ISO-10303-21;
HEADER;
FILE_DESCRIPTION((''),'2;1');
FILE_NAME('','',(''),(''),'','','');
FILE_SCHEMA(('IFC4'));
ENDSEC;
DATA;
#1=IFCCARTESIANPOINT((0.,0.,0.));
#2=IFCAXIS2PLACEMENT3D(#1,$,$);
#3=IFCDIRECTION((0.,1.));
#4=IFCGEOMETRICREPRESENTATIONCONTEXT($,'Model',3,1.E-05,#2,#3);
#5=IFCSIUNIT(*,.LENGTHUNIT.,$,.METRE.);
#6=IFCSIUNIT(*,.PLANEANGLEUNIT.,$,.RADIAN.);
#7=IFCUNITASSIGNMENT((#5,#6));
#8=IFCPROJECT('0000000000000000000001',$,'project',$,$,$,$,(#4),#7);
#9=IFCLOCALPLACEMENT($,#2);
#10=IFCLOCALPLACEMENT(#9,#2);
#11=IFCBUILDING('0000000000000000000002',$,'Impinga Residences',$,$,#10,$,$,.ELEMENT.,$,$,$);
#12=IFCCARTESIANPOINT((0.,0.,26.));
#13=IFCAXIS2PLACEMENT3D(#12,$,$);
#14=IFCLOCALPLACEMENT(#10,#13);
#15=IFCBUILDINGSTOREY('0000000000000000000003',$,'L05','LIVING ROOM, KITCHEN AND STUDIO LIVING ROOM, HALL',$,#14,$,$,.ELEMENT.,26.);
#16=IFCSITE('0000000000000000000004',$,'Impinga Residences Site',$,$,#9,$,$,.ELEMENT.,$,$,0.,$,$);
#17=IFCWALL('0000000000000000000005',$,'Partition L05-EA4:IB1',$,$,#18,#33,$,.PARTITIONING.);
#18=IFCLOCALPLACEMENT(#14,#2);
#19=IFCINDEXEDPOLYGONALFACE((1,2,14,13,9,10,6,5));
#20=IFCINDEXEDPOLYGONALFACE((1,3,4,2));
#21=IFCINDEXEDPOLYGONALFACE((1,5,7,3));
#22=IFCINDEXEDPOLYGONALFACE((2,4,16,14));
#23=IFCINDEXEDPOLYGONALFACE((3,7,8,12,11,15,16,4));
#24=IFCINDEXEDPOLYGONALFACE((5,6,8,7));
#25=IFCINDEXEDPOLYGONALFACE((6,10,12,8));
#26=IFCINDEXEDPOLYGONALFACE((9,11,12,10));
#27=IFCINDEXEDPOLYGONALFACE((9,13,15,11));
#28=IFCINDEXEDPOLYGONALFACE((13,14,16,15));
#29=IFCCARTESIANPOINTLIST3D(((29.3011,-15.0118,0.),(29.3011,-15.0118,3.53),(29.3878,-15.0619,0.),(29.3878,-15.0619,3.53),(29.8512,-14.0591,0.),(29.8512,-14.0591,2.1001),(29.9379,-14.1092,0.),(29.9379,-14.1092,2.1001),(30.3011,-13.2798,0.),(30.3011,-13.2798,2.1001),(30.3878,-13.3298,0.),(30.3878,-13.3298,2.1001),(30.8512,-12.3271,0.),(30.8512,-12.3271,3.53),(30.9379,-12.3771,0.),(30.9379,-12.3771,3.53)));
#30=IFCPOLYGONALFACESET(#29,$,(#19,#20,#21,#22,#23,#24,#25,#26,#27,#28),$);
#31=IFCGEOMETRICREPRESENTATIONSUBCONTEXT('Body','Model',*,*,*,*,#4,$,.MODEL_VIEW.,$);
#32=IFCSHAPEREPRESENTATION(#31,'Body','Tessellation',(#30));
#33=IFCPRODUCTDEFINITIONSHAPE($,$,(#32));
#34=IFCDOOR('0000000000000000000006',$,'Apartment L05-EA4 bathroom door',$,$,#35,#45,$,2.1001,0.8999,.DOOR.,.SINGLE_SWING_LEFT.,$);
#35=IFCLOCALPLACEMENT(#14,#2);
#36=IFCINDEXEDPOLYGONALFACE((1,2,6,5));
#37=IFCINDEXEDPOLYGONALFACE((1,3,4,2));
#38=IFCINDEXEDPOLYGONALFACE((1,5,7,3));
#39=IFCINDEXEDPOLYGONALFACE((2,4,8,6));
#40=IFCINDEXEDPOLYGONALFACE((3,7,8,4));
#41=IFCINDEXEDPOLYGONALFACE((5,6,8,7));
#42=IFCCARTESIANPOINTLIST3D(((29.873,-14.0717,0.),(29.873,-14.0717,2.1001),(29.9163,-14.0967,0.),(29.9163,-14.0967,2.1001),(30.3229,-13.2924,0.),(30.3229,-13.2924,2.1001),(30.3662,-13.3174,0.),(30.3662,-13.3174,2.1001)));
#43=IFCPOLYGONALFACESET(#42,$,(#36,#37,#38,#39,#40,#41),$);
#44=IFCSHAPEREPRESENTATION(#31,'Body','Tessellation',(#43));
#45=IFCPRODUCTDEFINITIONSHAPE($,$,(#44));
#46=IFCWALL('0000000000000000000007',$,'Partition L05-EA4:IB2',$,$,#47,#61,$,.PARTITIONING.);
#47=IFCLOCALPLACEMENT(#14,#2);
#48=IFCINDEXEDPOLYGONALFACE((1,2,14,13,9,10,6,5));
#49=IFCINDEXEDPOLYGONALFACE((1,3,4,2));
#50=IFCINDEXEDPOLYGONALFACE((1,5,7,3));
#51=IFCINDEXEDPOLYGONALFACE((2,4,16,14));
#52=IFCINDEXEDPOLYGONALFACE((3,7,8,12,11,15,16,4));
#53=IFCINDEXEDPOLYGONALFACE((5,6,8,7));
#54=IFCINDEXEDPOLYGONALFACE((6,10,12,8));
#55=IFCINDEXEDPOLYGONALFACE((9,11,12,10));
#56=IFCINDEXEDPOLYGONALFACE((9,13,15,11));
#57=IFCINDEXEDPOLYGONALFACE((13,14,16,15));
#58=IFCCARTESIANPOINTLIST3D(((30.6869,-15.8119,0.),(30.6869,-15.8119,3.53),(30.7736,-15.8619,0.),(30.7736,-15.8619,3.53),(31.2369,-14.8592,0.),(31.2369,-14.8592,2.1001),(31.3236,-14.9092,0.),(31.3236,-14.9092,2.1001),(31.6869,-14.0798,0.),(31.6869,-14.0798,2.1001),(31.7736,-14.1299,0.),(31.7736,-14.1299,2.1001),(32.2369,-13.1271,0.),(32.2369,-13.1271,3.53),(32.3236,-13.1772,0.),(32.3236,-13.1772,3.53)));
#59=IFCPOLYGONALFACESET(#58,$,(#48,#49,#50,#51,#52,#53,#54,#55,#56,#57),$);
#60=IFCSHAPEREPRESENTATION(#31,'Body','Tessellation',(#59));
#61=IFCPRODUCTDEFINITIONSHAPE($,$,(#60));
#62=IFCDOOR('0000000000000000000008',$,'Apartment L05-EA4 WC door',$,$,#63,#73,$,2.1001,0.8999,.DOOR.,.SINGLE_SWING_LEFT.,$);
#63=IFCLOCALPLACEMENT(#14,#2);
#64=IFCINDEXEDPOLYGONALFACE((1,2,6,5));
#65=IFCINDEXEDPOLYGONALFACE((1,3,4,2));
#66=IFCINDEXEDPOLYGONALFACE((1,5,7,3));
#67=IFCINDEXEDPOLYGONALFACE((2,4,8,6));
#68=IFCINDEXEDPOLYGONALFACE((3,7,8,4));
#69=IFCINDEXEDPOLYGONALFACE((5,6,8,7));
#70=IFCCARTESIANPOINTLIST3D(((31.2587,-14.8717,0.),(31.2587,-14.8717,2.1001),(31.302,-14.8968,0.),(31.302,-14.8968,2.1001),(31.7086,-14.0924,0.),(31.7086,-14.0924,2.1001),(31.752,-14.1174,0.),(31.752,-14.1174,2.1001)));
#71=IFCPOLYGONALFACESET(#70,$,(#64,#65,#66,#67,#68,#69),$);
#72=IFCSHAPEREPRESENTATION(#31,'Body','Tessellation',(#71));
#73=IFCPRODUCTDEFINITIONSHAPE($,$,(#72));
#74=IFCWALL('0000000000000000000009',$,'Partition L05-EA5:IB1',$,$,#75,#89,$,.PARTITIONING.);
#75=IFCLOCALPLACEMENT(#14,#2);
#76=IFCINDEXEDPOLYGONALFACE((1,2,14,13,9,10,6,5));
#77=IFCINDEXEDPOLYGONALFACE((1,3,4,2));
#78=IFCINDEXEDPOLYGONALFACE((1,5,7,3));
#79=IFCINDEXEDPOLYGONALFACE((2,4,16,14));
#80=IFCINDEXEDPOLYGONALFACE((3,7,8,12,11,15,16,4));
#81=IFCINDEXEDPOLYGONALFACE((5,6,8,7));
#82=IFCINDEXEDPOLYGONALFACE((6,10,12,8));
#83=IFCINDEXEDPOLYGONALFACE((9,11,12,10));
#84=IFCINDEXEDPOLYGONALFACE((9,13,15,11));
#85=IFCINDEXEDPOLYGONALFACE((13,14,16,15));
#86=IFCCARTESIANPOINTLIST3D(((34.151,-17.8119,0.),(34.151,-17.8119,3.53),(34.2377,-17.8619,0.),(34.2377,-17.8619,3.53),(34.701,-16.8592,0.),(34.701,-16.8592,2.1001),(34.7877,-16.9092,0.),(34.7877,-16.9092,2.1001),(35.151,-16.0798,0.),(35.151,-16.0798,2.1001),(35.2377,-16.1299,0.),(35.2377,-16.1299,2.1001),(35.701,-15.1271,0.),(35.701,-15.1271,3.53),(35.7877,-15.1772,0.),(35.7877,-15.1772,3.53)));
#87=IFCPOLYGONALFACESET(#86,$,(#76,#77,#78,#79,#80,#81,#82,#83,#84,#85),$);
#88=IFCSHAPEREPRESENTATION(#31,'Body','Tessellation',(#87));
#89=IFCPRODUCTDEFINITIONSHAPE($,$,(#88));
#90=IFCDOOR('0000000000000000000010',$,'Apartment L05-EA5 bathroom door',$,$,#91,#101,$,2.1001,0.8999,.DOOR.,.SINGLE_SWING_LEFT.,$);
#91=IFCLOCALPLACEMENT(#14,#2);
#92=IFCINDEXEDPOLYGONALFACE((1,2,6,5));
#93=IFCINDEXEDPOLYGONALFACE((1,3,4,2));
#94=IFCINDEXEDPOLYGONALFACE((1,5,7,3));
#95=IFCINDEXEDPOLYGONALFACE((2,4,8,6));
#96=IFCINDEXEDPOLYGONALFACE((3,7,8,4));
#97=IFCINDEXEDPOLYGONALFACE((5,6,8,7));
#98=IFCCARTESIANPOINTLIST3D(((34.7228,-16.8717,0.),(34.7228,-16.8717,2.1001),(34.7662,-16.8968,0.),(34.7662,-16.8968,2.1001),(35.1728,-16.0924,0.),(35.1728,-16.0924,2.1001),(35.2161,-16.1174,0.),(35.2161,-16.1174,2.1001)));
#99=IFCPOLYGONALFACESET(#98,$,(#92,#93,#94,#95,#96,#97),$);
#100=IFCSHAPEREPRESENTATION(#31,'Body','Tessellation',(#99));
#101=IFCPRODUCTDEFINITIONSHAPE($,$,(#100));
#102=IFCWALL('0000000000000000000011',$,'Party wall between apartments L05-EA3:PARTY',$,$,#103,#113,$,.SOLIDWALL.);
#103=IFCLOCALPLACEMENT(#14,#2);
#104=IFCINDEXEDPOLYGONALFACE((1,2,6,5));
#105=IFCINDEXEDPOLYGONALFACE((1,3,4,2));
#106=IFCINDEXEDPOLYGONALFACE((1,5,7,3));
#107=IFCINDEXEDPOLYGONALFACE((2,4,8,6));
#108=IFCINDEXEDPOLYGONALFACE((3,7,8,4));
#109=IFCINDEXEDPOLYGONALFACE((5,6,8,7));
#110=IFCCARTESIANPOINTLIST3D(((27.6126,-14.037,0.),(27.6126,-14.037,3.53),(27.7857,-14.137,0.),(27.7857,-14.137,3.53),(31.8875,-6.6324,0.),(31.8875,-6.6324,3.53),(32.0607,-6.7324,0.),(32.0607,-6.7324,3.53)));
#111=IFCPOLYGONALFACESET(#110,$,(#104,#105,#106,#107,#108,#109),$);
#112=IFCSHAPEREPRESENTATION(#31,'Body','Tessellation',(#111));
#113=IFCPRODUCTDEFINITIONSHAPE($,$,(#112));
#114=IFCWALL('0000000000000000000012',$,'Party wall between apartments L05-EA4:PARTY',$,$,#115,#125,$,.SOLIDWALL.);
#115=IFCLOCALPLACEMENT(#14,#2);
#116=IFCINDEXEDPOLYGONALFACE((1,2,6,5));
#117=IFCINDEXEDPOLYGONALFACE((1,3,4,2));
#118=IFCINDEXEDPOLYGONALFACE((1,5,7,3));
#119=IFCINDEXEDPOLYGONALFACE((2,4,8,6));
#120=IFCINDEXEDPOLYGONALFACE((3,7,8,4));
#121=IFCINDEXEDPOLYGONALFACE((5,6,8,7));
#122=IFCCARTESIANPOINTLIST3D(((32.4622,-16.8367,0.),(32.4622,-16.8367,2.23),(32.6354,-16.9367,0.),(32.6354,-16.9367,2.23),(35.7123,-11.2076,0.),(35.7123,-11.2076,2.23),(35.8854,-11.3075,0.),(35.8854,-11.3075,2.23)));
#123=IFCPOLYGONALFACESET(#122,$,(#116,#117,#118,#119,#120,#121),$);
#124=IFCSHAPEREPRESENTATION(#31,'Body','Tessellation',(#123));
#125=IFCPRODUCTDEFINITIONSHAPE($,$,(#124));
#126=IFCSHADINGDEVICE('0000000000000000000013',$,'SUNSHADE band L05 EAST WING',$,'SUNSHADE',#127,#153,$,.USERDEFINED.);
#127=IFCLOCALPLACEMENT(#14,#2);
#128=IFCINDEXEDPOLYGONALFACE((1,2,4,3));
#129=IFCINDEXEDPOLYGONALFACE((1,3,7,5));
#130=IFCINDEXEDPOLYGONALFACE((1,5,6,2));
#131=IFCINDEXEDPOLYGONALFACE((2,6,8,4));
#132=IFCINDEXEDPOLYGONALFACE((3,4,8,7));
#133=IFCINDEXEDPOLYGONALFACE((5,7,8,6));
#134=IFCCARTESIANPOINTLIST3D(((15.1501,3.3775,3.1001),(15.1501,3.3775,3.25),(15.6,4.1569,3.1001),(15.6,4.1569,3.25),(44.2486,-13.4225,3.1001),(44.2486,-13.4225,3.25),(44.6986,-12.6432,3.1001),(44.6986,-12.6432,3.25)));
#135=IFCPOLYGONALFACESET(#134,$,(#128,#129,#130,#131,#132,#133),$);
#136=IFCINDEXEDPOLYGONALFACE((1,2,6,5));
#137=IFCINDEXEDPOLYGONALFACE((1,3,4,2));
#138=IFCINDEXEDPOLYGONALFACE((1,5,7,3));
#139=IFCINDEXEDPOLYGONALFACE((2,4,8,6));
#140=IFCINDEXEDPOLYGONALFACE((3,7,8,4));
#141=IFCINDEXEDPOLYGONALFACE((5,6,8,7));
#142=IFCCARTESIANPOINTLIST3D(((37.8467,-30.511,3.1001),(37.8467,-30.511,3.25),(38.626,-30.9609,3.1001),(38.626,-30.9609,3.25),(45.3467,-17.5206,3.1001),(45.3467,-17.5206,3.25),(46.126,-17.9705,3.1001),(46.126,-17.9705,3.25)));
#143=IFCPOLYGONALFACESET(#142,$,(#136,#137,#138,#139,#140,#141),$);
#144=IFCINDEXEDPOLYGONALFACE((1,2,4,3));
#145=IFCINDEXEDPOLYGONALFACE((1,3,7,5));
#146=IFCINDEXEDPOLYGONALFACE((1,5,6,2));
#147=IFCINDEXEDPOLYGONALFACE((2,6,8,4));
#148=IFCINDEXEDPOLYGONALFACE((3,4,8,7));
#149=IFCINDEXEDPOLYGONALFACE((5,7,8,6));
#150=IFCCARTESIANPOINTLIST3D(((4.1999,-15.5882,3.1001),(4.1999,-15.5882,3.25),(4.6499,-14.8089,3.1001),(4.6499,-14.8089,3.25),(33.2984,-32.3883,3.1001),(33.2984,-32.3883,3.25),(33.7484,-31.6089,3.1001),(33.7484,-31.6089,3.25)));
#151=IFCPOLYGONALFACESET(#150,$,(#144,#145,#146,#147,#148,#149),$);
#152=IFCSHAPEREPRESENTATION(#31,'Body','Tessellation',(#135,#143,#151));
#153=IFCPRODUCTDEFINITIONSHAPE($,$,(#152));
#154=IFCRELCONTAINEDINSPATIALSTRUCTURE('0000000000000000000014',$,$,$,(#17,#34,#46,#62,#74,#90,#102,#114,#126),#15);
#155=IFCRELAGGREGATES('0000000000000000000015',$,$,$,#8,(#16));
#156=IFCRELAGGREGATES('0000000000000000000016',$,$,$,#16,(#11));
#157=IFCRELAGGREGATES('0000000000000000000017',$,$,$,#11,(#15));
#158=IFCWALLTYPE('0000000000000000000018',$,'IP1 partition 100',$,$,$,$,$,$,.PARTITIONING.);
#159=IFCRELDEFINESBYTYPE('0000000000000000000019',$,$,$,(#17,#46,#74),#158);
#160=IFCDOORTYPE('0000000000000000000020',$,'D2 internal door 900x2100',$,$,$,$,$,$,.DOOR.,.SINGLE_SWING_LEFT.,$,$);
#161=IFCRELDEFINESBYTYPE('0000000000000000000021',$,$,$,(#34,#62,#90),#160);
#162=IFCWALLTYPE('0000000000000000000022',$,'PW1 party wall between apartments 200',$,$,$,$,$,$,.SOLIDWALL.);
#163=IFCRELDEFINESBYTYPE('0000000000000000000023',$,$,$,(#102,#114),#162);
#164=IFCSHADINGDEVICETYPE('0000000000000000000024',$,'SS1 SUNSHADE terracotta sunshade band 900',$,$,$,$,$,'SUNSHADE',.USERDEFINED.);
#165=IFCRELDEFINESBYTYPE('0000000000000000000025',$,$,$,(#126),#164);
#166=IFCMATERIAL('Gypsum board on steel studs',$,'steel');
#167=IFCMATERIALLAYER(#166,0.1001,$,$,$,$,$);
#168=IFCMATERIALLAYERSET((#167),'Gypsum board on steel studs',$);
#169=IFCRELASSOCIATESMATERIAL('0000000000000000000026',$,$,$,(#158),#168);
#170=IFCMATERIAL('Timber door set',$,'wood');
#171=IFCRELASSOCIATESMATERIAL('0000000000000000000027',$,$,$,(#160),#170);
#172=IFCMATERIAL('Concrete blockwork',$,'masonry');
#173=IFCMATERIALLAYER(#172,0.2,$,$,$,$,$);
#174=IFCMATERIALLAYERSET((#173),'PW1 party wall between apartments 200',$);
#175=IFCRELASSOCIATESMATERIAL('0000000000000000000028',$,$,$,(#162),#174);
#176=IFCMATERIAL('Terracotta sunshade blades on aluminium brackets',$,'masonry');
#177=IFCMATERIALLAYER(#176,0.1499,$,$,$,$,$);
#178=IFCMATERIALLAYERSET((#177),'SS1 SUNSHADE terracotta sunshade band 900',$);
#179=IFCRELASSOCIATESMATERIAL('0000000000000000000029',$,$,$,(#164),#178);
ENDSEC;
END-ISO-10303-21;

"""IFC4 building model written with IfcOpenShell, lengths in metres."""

from ifc_helpers import new_model, si_unit, direction, frame, frame_2d, origin, origin_2d, place, context, subcontext, project, spatial, rectangle, extrude, material, layer, layer_set, type_object, element, fill, save


model = new_model("IFC4")

# Units and contexts
model_context = context("Model", 3, precision=1e-05, world=origin(), true_north=direction((0.0, 1.0)))
body_context = subcontext(model_context, "Body", "Model", "MODEL_VIEW")
ifc_project = project(units=[si_unit("LENGTHUNIT", "METRE"), si_unit("PLANEANGLEUNIT", "RADIAN")], contexts=[model_context])

# Site, building, storey
site_placement = place(None, origin())
site = spatial("IfcSite", under=ifc_project, at=site_placement, Name="Impinga Residences Site", CompositionType="ELEMENT", RefElevation=0.0)
building_placement = place(site_placement, origin())
building = spatial("IfcBuilding", under=site, at=building_placement, Name="Impinga Residences", CompositionType="ELEMENT")
storey_placement = place(building_placement, frame((0.0, 0.0, 26.0)))
storey = spatial("IfcBuildingStorey", under=building, at=storey_placement, Name="L05", Description="LIVING ROOM, KITCHEN AND STUDIO LIVING ROOM, HALL", CompositionType="ELEMENT", Elevation=26.0)

# Shared definitions
ifc_material_1 = material(Name="Concrete blockwork", Category="masonry")
ifc_material_2 = material(Name="Timber door set", Category="wood")

# Shared definitions
ifc_material_3 = material(Name="Gypsum board on steel studs", Category="steel")
ifc_layer_1 = layer(ifc_material_3, 0.1001)
ifc_layer_set_1 = layer_set([ifc_layer_1], Name="Gypsum board on steel studs")
wall_type_1 = type_object("IfcWallType", Name="IP1 partition 100", PredefinedType="PARTITIONING", material=ifc_layer_set_1)

# Shared definitions
door_type_1 = type_object("IfcDoorType", Name="D2 internal door 900x2100", OperationType="SINGLE_SWING_LEFT", PredefinedType="DOOR", material=ifc_material_2)

# Walls, openings, doors
wall_1_placement = place(storey_placement, frame((29.3445, -15.0369, 0.0), z_axis=(0.0, 0.0, 1.0), x_axis=(0.499993, 0.86603, 0.0)))
wall_1 = element("IfcWall", 1, at=wall_1_placement, inside=storey, type_object=wall_type_1, Name="Partition L05-EA4:IB1", PredefinedType="PARTITIONING", context=body_context, shape_type="SweptSolid", body=[
    extrude(rectangle(XDim=3.1001, YDim=0.1001, at=frame_2d((1.55, 0.0))), origin(), (0.0, 0.0, 1.0), 3.53),
])
opening_1_placement = place(wall_1_placement, frame((1.1001, 0.0, 0.0)))
opening_1 = element("IfcOpeningElement", 2, at=opening_1_placement, cuts=wall_1, PredefinedType="OPENING", context=body_context, shape_type="SweptSolid", body=[
    extrude(rectangle(XDim=0.8999, YDim=2.1001, at=frame_2d((0.45, 1.05))), frame((0.0, 0.0601, 0.0), z_axis=(0.0, -1.0, 0.0), x_axis=(1.0, 0.0, 0.0)), (0.0, 0.0, 1.0), 0.1201),
])
door_1_placement = place(opening_1_placement, origin())
door_1 = element("IfcDoor", 3, at=door_1_placement, inside=storey, type_object=door_type_1, Name="Apartment L05-EA4 bathroom door", OperationType="SINGLE_SWING_LEFT", OverallHeight=2.1001, OverallWidth=0.8999, PredefinedType="DOOR", context=body_context, shape_type="SweptSolid", body=[
    extrude(rectangle(XDim=0.8999, YDim=2.1001, at=frame_2d((0.45, 1.05))), frame((0.0, 0.0249, 0.0), z_axis=(0.0, -1.0, 0.0), x_axis=(1.0, 0.0, 0.0)), (0.0, 0.0, 1.0), 0.05),
])
fill(opening_1, door_1)
wall_2_placement = place(storey_placement, frame((30.7302, -15.8369, 0.0), z_axis=(0.0, 0.0, 1.0), x_axis=(0.499993, 0.86603, 0.0)))
wall_2 = element("IfcWall", 4, at=wall_2_placement, inside=storey, type_object=wall_type_1, Name="Partition L05-EA4:IB2", PredefinedType="PARTITIONING", context=body_context, shape_type="SweptSolid", body=[
    extrude(rectangle(XDim=3.1001, YDim=0.1001, at=frame_2d((1.55, 0.0))), origin(), (0.0, 0.0, 1.0), 3.53),
])
opening_2_placement = place(wall_2_placement, frame((1.1001, 0.0, 0.0)))
opening_2 = element("IfcOpeningElement", 5, at=opening_2_placement, cuts=wall_2, PredefinedType="OPENING", context=body_context, shape_type="SweptSolid", body=[
    extrude(rectangle(XDim=0.8999, YDim=2.1001, at=frame_2d((0.45, 1.05))), frame((0.0, 0.0601, 0.0), z_axis=(0.0, -1.0, 0.0), x_axis=(1.0, 0.0, 0.0)), (0.0, 0.0, 1.0), 0.1201),
])
door_2_placement = place(opening_2_placement, origin())
door_2 = element("IfcDoor", 6, at=door_2_placement, inside=storey, type_object=door_type_1, Name="Apartment L05-EA4 WC door", OperationType="SINGLE_SWING_LEFT", OverallHeight=2.1001, OverallWidth=0.8999, PredefinedType="DOOR", context=body_context, shape_type="SweptSolid", body=[
    extrude(rectangle(XDim=0.8999, YDim=2.1001, at=frame_2d((0.45, 1.05))), frame((0.0, 0.0249, 0.0), z_axis=(0.0, -1.0, 0.0), x_axis=(1.0, 0.0, 0.0)), (0.0, 0.0, 1.0), 0.05),
])
fill(opening_2, door_2)
wall_3_placement = place(storey_placement, frame((34.1943, -17.8369, 0.0), z_axis=(0.0, 0.0, 1.0), x_axis=(0.499993, 0.86603, 0.0)))
wall_3 = element("IfcWall", 7, at=wall_3_placement, inside=storey, type_object=wall_type_1, Name="Partition L05-EA5:IB1", PredefinedType="PARTITIONING", context=body_context, shape_type="SweptSolid", body=[
    extrude(rectangle(XDim=3.1001, YDim=0.1001, at=frame_2d((1.55, 0.0))), origin(), (0.0, 0.0, 1.0), 3.53),
])
opening_3_placement = place(wall_3_placement, frame((1.1001, 0.0, 0.0)))
opening_3 = element("IfcOpeningElement", 8, at=opening_3_placement, cuts=wall_3, PredefinedType="OPENING", context=body_context, shape_type="SweptSolid", body=[
    extrude(rectangle(XDim=0.8999, YDim=2.1001, at=frame_2d((0.45, 1.05))), frame((0.0, 0.0601, 0.0), z_axis=(0.0, -1.0, 0.0), x_axis=(1.0, 0.0, 0.0)), (0.0, 0.0, 1.0), 0.1201),
])
door_3_placement = place(opening_3_placement, origin())
door_3 = element("IfcDoor", 9, at=door_3_placement, inside=storey, type_object=door_type_1, Name="Apartment L05-EA5 bathroom door", OperationType="SINGLE_SWING_LEFT", OverallHeight=2.1001, OverallWidth=0.8999, PredefinedType="DOOR", context=body_context, shape_type="SweptSolid", body=[
    extrude(rectangle(XDim=0.8999, YDim=2.1001, at=frame_2d((0.45, 1.05))), frame((0.0, 0.0249, 0.0), z_axis=(0.0, -1.0, 0.0), x_axis=(1.0, 0.0, 0.0)), (0.0, 0.0, 1.0), 0.05),
])
fill(opening_3, door_3)

# Walls
ifc_layer_2 = layer(ifc_material_1, 0.2)
ifc_layer_set_2 = layer_set([ifc_layer_2], Name="PW1 party wall between apartments 200")
wall_type_2 = type_object("IfcWallType", Name="PW1 party wall between apartments 200", PredefinedType="SOLIDWALL", material=ifc_layer_set_2)
wall_4_placement = place(storey_placement, frame((27.6992, -14.0869, 0.0), z_axis=(0.0, 0.0, 1.0), x_axis=(0.49999, 0.866031, 0.0)))
element("IfcWall", 10, at=wall_4_placement, inside=storey, type_object=wall_type_2, Name="Party wall between apartments L05-EA3:PARTY", PredefinedType="SOLIDWALL", context=body_context, shape_type="SweptSolid", body=[
    extrude(rectangle(XDim=8.55, YDim=0.2, at=frame_2d((4.2749, 0.0))), origin(), (0.0, 0.0, 1.0), 3.53),
])
wall_5_placement = place(storey_placement, frame((32.5488, -16.8867, 0.0), z_axis=(0.0, 0.0, 1.0), x_axis=(0.500001, 0.866025, 0.0)))
element("IfcWall", 11, at=wall_5_placement, inside=storey, type_object=wall_type_2, Name="Party wall between apartments L05-EA4:PARTY", PredefinedType="SOLIDWALL", context=body_context, shape_type="SweptSolid", body=[
    extrude(rectangle(XDim=6.5, YDim=0.2, at=frame_2d((3.25, 0.0))), origin(), (0.0, 0.0, 1.0), 2.23),
])

# Shading device
ifc_material_4 = material(Name="Terracotta sunshade blades on aluminium brackets", Category="masonry")
ifc_layer_3 = layer(ifc_material_4, 0.1499)
ifc_layer_set_3 = layer_set([ifc_layer_3], Name="SS1 SUNSHADE terracotta sunshade band 900")
shading_device_type = type_object("IfcShadingDeviceType", Name="SS1 SUNSHADE terracotta sunshade band 900", ElementType="SUNSHADE", PredefinedType="USERDEFINED", material=ifc_layer_set_3)
shading_device_placement = place(storey_placement, frame((29.9243, -4.6328, 3.1001), z_axis=(0.0, 0.0, 1.0), x_axis=(0.866025, -0.5, 0.0)))
element("IfcShadingDevice", 12, at=shading_device_placement, inside=storey, type_object=shading_device_type, Name="SUNSHADE band L05 EAST WING", ObjectType="SUNSHADE", PredefinedType="USERDEFINED", context=body_context, shape_type="SweptSolid", body=[
    extrude(rectangle(XDim=33.6001, YDim=0.8999, at=origin_2d()), origin(), (0.0, 0.0, 1.0), 0.1499),
    extrude(rectangle(XDim=15.0, YDim=0.8999, at=origin_2d()), frame((20.25, -10.95, 0.0), z_axis=(0.0, 0.0, 1.0), x_axis=(0.0, -1.0, 0.0)), (0.0, 0.0, 1.0), 0.1499),
    extrude(rectangle(XDim=33.6001, YDim=0.8999, at=origin_2d()), frame((-0.0002, -21.8999, 0.0), z_axis=(0.0, 0.0, 1.0), x_axis=(-1.0, 0.0, 0.0)), (0.0, 0.0, 1.0), 0.1499),
])

save(model, "model.ifc")
